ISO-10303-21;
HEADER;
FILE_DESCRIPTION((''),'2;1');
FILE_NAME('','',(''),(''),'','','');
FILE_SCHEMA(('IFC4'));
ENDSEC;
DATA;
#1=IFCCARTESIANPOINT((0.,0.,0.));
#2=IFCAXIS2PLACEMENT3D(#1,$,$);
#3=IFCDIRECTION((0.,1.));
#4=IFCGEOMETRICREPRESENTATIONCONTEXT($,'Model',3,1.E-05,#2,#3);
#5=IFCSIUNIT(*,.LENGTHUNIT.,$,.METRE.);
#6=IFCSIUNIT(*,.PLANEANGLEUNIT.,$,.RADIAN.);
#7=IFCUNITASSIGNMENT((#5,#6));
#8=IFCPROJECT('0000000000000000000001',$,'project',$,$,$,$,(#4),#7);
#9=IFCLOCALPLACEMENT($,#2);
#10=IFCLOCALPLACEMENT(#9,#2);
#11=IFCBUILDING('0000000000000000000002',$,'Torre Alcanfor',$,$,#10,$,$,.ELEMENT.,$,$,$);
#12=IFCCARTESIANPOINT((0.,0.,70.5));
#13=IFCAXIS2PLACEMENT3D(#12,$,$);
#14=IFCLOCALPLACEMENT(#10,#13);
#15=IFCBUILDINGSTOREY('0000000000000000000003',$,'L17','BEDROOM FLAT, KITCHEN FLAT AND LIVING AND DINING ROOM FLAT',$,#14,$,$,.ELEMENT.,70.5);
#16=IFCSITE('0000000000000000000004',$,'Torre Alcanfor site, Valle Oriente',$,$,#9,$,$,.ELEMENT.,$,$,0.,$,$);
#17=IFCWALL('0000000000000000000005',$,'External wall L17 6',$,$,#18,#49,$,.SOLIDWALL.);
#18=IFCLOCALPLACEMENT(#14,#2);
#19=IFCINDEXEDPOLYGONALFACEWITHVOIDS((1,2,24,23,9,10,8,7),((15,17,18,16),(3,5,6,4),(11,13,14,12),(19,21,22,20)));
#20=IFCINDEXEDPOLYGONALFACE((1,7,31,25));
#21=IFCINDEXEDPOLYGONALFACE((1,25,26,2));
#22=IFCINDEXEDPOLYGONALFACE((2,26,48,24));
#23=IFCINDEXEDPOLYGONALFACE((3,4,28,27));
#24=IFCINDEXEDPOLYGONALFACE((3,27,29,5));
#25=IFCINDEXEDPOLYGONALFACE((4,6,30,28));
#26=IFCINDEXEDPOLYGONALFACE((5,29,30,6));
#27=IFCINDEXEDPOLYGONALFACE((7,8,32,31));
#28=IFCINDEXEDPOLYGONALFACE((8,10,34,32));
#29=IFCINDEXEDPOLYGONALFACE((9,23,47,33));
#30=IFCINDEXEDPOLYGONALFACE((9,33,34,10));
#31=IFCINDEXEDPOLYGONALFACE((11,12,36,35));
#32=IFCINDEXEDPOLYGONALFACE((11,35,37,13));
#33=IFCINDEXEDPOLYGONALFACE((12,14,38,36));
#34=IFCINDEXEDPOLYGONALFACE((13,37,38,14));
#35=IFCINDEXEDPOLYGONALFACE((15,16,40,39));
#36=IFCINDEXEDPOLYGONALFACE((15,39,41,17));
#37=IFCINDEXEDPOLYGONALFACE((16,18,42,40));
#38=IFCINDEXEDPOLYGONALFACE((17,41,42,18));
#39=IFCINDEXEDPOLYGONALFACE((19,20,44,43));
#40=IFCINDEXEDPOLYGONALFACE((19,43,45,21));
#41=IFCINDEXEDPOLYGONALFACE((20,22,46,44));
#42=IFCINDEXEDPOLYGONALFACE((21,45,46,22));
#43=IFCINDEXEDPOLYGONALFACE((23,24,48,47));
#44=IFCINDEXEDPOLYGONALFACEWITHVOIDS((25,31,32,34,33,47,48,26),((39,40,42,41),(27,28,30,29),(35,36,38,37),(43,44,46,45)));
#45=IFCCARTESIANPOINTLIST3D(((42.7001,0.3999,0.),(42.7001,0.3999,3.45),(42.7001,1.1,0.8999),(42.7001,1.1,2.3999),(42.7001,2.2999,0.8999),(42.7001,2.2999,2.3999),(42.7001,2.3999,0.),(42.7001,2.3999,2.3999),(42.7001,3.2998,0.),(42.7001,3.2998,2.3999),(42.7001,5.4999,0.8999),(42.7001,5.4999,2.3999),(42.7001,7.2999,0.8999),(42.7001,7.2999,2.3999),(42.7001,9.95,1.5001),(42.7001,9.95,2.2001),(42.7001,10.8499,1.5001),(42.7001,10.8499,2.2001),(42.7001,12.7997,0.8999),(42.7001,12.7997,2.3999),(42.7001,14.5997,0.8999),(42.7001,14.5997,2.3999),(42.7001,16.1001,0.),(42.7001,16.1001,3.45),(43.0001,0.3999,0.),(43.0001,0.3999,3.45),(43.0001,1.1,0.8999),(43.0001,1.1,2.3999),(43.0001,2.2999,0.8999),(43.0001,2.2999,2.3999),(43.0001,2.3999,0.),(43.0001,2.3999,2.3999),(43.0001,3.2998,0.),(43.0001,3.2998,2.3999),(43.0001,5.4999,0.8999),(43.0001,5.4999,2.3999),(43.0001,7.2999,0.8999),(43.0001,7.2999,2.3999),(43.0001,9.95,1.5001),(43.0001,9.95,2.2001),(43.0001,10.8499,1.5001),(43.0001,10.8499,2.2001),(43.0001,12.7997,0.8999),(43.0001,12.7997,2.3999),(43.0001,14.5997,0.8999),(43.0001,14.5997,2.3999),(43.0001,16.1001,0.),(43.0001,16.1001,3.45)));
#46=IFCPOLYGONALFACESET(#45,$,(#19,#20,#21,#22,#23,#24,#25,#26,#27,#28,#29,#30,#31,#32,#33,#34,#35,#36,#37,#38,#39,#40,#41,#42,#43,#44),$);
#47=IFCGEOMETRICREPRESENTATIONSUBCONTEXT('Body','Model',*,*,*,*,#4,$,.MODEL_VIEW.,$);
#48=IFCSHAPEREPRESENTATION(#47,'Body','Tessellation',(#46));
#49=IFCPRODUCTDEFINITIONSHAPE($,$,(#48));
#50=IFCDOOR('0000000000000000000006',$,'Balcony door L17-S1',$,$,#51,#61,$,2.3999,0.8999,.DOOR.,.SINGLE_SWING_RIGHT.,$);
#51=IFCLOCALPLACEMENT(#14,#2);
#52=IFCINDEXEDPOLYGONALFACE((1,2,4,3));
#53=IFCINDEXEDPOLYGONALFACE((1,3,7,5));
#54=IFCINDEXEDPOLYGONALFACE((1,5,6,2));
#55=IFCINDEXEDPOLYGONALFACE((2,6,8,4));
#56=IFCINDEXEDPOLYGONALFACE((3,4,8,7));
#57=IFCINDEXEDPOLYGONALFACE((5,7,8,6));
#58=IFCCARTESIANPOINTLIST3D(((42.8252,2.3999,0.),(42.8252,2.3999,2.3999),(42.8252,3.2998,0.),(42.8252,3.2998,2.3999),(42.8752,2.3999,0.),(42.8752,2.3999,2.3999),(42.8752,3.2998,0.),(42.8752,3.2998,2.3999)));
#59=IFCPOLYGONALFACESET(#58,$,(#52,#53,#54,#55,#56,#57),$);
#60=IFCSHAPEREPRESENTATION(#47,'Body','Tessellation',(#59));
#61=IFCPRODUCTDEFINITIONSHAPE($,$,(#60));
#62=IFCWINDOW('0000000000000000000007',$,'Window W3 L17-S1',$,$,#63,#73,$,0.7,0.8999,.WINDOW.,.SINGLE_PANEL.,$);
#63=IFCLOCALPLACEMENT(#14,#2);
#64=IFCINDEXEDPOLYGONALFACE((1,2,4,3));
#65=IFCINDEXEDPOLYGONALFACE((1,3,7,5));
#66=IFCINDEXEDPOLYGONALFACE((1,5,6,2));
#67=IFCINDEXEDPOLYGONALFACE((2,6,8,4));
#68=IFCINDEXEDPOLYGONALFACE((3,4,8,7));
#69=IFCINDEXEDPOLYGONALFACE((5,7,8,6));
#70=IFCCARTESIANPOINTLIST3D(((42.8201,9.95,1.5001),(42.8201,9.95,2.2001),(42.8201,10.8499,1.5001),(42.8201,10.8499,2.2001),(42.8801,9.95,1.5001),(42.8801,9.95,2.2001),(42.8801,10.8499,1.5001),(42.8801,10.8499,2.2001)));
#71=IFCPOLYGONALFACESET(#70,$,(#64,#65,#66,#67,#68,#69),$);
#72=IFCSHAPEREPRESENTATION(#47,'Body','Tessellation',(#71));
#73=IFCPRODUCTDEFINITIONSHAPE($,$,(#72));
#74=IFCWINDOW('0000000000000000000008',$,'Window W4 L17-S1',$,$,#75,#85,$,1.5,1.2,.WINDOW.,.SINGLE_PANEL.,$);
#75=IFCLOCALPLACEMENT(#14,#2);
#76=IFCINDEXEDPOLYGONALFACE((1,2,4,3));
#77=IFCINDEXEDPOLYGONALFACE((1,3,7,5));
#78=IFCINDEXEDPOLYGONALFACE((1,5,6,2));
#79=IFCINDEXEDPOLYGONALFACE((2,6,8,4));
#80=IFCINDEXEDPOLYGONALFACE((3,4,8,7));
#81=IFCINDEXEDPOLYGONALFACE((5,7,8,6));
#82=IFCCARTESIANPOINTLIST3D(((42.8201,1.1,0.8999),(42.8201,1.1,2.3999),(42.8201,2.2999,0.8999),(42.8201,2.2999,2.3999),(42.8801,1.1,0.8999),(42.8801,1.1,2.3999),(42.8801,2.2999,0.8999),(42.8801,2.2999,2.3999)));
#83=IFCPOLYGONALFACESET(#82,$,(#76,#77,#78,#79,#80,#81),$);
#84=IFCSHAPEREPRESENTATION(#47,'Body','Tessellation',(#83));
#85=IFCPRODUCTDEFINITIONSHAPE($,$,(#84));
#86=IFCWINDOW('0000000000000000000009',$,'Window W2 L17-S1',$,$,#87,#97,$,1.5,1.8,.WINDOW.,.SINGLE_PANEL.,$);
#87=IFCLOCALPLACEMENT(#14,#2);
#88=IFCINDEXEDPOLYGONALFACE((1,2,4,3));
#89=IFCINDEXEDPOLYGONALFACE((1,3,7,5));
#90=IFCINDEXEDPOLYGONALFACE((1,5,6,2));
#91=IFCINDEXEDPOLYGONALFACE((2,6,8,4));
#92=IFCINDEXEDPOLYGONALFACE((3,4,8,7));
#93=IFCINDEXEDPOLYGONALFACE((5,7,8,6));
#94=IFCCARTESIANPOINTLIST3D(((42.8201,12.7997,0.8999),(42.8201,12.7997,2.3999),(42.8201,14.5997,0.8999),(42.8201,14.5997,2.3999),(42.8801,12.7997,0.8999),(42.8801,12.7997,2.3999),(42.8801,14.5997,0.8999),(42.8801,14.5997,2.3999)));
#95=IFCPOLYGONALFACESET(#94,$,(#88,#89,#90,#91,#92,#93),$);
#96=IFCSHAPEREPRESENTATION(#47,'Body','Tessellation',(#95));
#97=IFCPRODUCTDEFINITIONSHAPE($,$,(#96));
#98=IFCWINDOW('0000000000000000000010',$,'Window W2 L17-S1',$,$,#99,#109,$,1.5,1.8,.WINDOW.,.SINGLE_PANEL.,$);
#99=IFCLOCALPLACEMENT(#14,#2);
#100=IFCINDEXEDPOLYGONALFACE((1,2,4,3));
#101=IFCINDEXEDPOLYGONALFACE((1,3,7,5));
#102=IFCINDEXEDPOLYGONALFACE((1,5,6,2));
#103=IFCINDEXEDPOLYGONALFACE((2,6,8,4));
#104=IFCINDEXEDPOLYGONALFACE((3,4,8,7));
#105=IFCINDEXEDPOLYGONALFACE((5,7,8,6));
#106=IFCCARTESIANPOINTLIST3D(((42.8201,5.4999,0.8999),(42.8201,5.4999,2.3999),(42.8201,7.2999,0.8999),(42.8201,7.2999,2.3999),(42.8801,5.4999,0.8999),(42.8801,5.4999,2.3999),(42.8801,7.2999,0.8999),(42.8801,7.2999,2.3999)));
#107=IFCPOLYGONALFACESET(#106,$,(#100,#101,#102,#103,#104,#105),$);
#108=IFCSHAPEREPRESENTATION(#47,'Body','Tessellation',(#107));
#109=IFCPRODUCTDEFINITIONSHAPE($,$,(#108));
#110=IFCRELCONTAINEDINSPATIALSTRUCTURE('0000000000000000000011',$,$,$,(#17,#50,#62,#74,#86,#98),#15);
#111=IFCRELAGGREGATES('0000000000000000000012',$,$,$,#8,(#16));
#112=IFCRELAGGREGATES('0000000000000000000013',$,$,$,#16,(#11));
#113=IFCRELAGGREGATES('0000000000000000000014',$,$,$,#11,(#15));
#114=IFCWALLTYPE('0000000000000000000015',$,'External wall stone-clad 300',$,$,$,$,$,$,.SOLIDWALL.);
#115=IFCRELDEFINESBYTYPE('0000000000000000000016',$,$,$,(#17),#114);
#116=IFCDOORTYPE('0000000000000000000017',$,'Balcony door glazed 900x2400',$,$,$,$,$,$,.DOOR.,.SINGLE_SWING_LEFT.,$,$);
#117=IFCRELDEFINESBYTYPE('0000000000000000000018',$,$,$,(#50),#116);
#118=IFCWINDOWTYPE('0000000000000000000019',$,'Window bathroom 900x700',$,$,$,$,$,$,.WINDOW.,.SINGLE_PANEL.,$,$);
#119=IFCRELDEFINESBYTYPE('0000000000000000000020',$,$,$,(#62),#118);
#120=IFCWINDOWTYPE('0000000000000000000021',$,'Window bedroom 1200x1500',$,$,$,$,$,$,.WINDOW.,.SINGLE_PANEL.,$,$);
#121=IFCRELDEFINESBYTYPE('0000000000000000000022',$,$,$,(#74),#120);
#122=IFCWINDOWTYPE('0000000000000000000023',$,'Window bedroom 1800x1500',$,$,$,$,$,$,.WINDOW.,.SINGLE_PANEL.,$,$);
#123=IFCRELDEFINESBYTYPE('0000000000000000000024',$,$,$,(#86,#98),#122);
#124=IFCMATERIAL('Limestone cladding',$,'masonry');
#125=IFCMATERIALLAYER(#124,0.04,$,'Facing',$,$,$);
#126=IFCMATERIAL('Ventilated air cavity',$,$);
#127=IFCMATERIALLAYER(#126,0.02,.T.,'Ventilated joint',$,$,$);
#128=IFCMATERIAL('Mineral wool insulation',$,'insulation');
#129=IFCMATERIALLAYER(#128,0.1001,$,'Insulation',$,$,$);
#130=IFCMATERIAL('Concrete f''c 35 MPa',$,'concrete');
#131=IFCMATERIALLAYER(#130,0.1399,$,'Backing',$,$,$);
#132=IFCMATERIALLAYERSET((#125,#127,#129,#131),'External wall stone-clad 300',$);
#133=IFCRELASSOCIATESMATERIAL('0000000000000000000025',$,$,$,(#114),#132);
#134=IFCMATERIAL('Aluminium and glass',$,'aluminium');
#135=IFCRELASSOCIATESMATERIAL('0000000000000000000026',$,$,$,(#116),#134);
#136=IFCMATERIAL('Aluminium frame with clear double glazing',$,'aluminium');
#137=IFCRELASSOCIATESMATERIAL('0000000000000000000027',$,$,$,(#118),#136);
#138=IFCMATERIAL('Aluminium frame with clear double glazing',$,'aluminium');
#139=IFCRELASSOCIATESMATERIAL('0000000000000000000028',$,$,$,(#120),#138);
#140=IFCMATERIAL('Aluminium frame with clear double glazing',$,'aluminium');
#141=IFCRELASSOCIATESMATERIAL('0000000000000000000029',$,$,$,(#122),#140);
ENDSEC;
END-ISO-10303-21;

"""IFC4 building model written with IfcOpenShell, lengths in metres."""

from ifc_helpers import new_model, si_unit, direction, frame, frame_2d, origin, place, context, subcontext, project, spatial, rectangle, extrude, material, layer, layer_set, type_object, element, fill, save


model = new_model("IFC4")

# Units and contexts
model_context = context("Model", 3, precision=1e-05, world=origin(), true_north=direction((0.0, 1.0)))
body_context = subcontext(model_context, "Body", "Model", "MODEL_VIEW")
ifc_project = project(units=[si_unit("LENGTHUNIT", "METRE"), si_unit("PLANEANGLEUNIT", "RADIAN")], contexts=[model_context])

# Site, building, storey
site_placement = place(None, origin())
site = spatial("IfcSite", under=ifc_project, at=site_placement, Name="Torre Alcanfor site, Valle Oriente", CompositionType="ELEMENT", RefElevation=0.0)
building_placement = place(site_placement, origin())
building = spatial("IfcBuilding", under=site, at=building_placement, Name="Torre Alcanfor", CompositionType="ELEMENT")
storey_placement = place(building_placement, frame((0.0, 0.0, 70.5)))
storey = spatial("IfcBuildingStorey", under=building, at=storey_placement, Name="L17", Description="BEDROOM FLAT, KITCHEN FLAT AND LIVING AND DINING ROOM FLAT", CompositionType="ELEMENT", Elevation=70.5)

# Wall, openings, door, windows
ifc_material_1 = material(Name="Limestone cladding", Category="masonry")
ifc_layer_1 = layer(ifc_material_1, 0.04, Name="Facing")
ifc_material_2 = material(Name="Ventilated air cavity")
ifc_layer_2 = layer(ifc_material_2, 0.02, ventilated=True, Name="Ventilated joint")
ifc_material_3 = material(Name="Mineral wool insulation", Category="insulation")
ifc_layer_3 = layer(ifc_material_3, 0.1001, Name="Insulation")
ifc_material_4 = material(Name="Concrete f'c 35 MPa", Category="concrete")
ifc_layer_4 = layer(ifc_material_4, 0.1399, Name="Backing")
ifc_layer_set_1 = layer_set([ifc_layer_1, ifc_layer_2, ifc_layer_3, ifc_layer_4], Name="External wall stone-clad 300")
wall_type_1 = type_object("IfcWallType", Name="External wall stone-clad 300", PredefinedType="SOLIDWALL", material=ifc_layer_set_1)
wall_1_placement = place(storey_placement, frame((42.8501, 0.3999, 0.0), z_axis=(0.0, 0.0, 1.0), x_axis=(0.0, 1.0, 0.0)))
wall_1 = element("IfcWall", 1, at=wall_1_placement, inside=storey, type_object=wall_type_1, Name="External wall L17 6", PredefinedType="SOLIDWALL", context=body_context, shape_type="SweptSolid", body=[
    extrude(rectangle(XDim=15.7002, YDim=0.3, at=frame_2d((7.8501, 0.0))), origin(), (0.0, 0.0, 1.0), 3.45),
])
opening_1_placement = place(wall_1_placement, frame((12.3999, 0.0, 0.8999)))
opening_1 = element("IfcOpeningElement", 2, at=opening_1_placement, cuts=wall_1, PredefinedType="OPENING", context=body_context, shape_type="SweptSolid", body=[
    extrude(rectangle(XDim=1.8, YDim=1.5, at=frame_2d((0.8999, 0.75))), frame((0.0, 0.1599, 0.0), z_axis=(0.0, -1.0, 0.0), x_axis=(1.0, 0.0, 0.0)), (0.0, 0.0, 1.0), 0.3201),
])
opening_2_placement = place(wall_1_placement, frame((9.55, 0.0, 1.5)))
opening_2 = element("IfcOpeningElement", 3, at=opening_2_placement, cuts=wall_1, PredefinedType="OPENING", context=body_context, shape_type="SweptSolid", body=[
    extrude(rectangle(XDim=0.8999, YDim=0.7, at=frame_2d((0.45, 0.3501))), frame((0.0, 0.1599, 0.0), z_axis=(0.0, -1.0, 0.0), x_axis=(1.0, 0.0, 0.0)), (0.0, 0.0, 1.0), 0.3201),
])
opening_3_placement = place(wall_1_placement, frame((5.1001, 0.0, 0.8999)))
opening_3 = element("IfcOpeningElement", 4, at=opening_3_placement, cuts=wall_1, PredefinedType="OPENING", context=body_context, shape_type="SweptSolid", body=[
    extrude(rectangle(XDim=1.8, YDim=1.5, at=frame_2d((0.8999, 0.75))), frame((0.0, 0.1599, 0.0), z_axis=(0.0, -1.0, 0.0), x_axis=(1.0, 0.0, 0.0)), (0.0, 0.0, 1.0), 0.3201),
])
opening_4_placement = place(wall_1_placement, frame((2.0, 0.0, 0.0)))
opening_4 = element("IfcOpeningElement", 5, at=opening_4_placement, cuts=wall_1, PredefinedType="OPENING", context=body_context, shape_type="SweptSolid", body=[
    extrude(rectangle(XDim=0.8999, YDim=2.3999, at=frame_2d((0.45, 1.2))), frame((0.0, 0.1599, 0.0), z_axis=(0.0, -1.0, 0.0), x_axis=(1.0, 0.0, 0.0)), (0.0, 0.0, 1.0), 0.3201),
])
opening_5_placement = place(wall_1_placement, frame((0.7, 0.0, 0.8999)))
opening_5 = element("IfcOpeningElement", 6, at=opening_5_placement, cuts=wall_1, PredefinedType="OPENING", context=body_context, shape_type="SweptSolid", body=[
    extrude(rectangle(XDim=1.2, YDim=1.5, at=frame_2d((0.6001, 0.75))), frame((0.0, 0.1599, 0.0), z_axis=(0.0, -1.0, 0.0), x_axis=(1.0, 0.0, 0.0)), (0.0, 0.0, 1.0), 0.3201),
])
ifc_material_5 = material(Name="Aluminium and glass", Category="aluminium")
door_type = type_object("IfcDoorType", Name="Balcony door glazed 900x2400", OperationType="SINGLE_SWING_LEFT", PredefinedType="DOOR", material=ifc_material_5)
door_1_placement = place(opening_4_placement, origin())
door_1 = element("IfcDoor", 7, at=door_1_placement, inside=storey, type_object=door_type, Name="Balcony door L17-S1", OperationType="SINGLE_SWING_RIGHT", OverallHeight=2.3999, OverallWidth=0.8999, PredefinedType="DOOR", context=body_context, shape_type="SweptSolid", body=[
    extrude(rectangle(XDim=0.8999, YDim=2.3999, at=frame_2d((0.45, 1.2))), frame((0.0, 0.0249, 0.0), z_axis=(0.0, -1.0, 0.0), x_axis=(1.0, 0.0, 0.0)), (0.0, 0.0, 1.0), 0.05),
])
fill(opening_4, door_1)
ifc_material_6 = material(Name="Aluminium frame with clear double glazing", Category="aluminium")
window_type_1 = type_object("IfcWindowType", Name="Window bathroom 900x700", PartitioningType="SINGLE_PANEL", PredefinedType="WINDOW", material=ifc_material_6)
window_1_placement = place(opening_2_placement, origin())
window_1 = element("IfcWindow", 8, at=window_1_placement, inside=storey, type_object=window_type_1, Name="Window W3 L17-S1", OverallHeight=0.7, OverallWidth=0.8999, PartitioningType="SINGLE_PANEL", PredefinedType="WINDOW", context=body_context, shape_type="SweptSolid", body=[
    extrude(rectangle(XDim=0.8999, YDim=0.7, at=frame_2d((0.45, 0.3501))), frame((0.0, 0.03, 0.0), z_axis=(0.0, -1.0, 0.0), x_axis=(1.0, 0.0, 0.0)), (0.0, 0.0, 1.0), 0.0601),
])
fill(opening_2, window_1)
ifc_material_7 = material(Name="Aluminium frame with clear double glazing", Category="aluminium")
window_type_2 = type_object("IfcWindowType", Name="Window bedroom 1200x1500", PartitioningType="SINGLE_PANEL", PredefinedType="WINDOW", material=ifc_material_7)
window_2_placement = place(opening_5_placement, origin())
window_2 = element("IfcWindow", 9, at=window_2_placement, inside=storey, type_object=window_type_2, Name="Window W4 L17-S1", OverallHeight=1.5, OverallWidth=1.2, PartitioningType="SINGLE_PANEL", PredefinedType="WINDOW", context=body_context, shape_type="SweptSolid", body=[
    extrude(rectangle(XDim=1.2, YDim=1.5, at=frame_2d((0.6001, 0.75))), frame((0.0, 0.03, 0.0), z_axis=(0.0, -1.0, 0.0), x_axis=(1.0, 0.0, 0.0)), (0.0, 0.0, 1.0), 0.0601),
])
fill(opening_5, window_2)
ifc_material_8 = material(Name="Aluminium frame with clear double glazing", Category="aluminium")
window_type_3 = type_object("IfcWindowType", Name="Window bedroom 1800x1500", PartitioningType="SINGLE_PANEL", PredefinedType="WINDOW", material=ifc_material_8)
window_3_placement = place(opening_1_placement, origin())
window_3 = element("IfcWindow", 10, at=window_3_placement, inside=storey, type_object=window_type_3, Name="Window W2 L17-S1", OverallHeight=1.5, OverallWidth=1.8, PartitioningType="SINGLE_PANEL", PredefinedType="WINDOW", context=body_context, shape_type="SweptSolid", body=[
    extrude(rectangle(XDim=1.8, YDim=1.5, at=frame_2d((0.8999, 0.75))), frame((0.0, 0.03, 0.0), z_axis=(0.0, -1.0, 0.0), x_axis=(1.0, 0.0, 0.0)), (0.0, 0.0, 1.0), 0.0601),
])
fill(opening_1, window_3)
window_4_placement = place(opening_3_placement, origin())
window_4 = element("IfcWindow", 11, at=window_4_placement, inside=storey, type_object=window_type_3, Name="Window W2 L17-S1", OverallHeight=1.5, OverallWidth=1.8, PartitioningType="SINGLE_PANEL", PredefinedType="WINDOW", context=body_context, shape_type="SweptSolid", body=[
    extrude(rectangle(XDim=1.8, YDim=1.5, at=frame_2d((0.8999, 0.75))), frame((0.0, 0.03, 0.0), z_axis=(0.0, -1.0, 0.0), x_axis=(1.0, 0.0, 0.0)), (0.0, 0.0, 1.0), 0.0601),
])
fill(opening_3, window_4)

save(model, "model.ifc")
